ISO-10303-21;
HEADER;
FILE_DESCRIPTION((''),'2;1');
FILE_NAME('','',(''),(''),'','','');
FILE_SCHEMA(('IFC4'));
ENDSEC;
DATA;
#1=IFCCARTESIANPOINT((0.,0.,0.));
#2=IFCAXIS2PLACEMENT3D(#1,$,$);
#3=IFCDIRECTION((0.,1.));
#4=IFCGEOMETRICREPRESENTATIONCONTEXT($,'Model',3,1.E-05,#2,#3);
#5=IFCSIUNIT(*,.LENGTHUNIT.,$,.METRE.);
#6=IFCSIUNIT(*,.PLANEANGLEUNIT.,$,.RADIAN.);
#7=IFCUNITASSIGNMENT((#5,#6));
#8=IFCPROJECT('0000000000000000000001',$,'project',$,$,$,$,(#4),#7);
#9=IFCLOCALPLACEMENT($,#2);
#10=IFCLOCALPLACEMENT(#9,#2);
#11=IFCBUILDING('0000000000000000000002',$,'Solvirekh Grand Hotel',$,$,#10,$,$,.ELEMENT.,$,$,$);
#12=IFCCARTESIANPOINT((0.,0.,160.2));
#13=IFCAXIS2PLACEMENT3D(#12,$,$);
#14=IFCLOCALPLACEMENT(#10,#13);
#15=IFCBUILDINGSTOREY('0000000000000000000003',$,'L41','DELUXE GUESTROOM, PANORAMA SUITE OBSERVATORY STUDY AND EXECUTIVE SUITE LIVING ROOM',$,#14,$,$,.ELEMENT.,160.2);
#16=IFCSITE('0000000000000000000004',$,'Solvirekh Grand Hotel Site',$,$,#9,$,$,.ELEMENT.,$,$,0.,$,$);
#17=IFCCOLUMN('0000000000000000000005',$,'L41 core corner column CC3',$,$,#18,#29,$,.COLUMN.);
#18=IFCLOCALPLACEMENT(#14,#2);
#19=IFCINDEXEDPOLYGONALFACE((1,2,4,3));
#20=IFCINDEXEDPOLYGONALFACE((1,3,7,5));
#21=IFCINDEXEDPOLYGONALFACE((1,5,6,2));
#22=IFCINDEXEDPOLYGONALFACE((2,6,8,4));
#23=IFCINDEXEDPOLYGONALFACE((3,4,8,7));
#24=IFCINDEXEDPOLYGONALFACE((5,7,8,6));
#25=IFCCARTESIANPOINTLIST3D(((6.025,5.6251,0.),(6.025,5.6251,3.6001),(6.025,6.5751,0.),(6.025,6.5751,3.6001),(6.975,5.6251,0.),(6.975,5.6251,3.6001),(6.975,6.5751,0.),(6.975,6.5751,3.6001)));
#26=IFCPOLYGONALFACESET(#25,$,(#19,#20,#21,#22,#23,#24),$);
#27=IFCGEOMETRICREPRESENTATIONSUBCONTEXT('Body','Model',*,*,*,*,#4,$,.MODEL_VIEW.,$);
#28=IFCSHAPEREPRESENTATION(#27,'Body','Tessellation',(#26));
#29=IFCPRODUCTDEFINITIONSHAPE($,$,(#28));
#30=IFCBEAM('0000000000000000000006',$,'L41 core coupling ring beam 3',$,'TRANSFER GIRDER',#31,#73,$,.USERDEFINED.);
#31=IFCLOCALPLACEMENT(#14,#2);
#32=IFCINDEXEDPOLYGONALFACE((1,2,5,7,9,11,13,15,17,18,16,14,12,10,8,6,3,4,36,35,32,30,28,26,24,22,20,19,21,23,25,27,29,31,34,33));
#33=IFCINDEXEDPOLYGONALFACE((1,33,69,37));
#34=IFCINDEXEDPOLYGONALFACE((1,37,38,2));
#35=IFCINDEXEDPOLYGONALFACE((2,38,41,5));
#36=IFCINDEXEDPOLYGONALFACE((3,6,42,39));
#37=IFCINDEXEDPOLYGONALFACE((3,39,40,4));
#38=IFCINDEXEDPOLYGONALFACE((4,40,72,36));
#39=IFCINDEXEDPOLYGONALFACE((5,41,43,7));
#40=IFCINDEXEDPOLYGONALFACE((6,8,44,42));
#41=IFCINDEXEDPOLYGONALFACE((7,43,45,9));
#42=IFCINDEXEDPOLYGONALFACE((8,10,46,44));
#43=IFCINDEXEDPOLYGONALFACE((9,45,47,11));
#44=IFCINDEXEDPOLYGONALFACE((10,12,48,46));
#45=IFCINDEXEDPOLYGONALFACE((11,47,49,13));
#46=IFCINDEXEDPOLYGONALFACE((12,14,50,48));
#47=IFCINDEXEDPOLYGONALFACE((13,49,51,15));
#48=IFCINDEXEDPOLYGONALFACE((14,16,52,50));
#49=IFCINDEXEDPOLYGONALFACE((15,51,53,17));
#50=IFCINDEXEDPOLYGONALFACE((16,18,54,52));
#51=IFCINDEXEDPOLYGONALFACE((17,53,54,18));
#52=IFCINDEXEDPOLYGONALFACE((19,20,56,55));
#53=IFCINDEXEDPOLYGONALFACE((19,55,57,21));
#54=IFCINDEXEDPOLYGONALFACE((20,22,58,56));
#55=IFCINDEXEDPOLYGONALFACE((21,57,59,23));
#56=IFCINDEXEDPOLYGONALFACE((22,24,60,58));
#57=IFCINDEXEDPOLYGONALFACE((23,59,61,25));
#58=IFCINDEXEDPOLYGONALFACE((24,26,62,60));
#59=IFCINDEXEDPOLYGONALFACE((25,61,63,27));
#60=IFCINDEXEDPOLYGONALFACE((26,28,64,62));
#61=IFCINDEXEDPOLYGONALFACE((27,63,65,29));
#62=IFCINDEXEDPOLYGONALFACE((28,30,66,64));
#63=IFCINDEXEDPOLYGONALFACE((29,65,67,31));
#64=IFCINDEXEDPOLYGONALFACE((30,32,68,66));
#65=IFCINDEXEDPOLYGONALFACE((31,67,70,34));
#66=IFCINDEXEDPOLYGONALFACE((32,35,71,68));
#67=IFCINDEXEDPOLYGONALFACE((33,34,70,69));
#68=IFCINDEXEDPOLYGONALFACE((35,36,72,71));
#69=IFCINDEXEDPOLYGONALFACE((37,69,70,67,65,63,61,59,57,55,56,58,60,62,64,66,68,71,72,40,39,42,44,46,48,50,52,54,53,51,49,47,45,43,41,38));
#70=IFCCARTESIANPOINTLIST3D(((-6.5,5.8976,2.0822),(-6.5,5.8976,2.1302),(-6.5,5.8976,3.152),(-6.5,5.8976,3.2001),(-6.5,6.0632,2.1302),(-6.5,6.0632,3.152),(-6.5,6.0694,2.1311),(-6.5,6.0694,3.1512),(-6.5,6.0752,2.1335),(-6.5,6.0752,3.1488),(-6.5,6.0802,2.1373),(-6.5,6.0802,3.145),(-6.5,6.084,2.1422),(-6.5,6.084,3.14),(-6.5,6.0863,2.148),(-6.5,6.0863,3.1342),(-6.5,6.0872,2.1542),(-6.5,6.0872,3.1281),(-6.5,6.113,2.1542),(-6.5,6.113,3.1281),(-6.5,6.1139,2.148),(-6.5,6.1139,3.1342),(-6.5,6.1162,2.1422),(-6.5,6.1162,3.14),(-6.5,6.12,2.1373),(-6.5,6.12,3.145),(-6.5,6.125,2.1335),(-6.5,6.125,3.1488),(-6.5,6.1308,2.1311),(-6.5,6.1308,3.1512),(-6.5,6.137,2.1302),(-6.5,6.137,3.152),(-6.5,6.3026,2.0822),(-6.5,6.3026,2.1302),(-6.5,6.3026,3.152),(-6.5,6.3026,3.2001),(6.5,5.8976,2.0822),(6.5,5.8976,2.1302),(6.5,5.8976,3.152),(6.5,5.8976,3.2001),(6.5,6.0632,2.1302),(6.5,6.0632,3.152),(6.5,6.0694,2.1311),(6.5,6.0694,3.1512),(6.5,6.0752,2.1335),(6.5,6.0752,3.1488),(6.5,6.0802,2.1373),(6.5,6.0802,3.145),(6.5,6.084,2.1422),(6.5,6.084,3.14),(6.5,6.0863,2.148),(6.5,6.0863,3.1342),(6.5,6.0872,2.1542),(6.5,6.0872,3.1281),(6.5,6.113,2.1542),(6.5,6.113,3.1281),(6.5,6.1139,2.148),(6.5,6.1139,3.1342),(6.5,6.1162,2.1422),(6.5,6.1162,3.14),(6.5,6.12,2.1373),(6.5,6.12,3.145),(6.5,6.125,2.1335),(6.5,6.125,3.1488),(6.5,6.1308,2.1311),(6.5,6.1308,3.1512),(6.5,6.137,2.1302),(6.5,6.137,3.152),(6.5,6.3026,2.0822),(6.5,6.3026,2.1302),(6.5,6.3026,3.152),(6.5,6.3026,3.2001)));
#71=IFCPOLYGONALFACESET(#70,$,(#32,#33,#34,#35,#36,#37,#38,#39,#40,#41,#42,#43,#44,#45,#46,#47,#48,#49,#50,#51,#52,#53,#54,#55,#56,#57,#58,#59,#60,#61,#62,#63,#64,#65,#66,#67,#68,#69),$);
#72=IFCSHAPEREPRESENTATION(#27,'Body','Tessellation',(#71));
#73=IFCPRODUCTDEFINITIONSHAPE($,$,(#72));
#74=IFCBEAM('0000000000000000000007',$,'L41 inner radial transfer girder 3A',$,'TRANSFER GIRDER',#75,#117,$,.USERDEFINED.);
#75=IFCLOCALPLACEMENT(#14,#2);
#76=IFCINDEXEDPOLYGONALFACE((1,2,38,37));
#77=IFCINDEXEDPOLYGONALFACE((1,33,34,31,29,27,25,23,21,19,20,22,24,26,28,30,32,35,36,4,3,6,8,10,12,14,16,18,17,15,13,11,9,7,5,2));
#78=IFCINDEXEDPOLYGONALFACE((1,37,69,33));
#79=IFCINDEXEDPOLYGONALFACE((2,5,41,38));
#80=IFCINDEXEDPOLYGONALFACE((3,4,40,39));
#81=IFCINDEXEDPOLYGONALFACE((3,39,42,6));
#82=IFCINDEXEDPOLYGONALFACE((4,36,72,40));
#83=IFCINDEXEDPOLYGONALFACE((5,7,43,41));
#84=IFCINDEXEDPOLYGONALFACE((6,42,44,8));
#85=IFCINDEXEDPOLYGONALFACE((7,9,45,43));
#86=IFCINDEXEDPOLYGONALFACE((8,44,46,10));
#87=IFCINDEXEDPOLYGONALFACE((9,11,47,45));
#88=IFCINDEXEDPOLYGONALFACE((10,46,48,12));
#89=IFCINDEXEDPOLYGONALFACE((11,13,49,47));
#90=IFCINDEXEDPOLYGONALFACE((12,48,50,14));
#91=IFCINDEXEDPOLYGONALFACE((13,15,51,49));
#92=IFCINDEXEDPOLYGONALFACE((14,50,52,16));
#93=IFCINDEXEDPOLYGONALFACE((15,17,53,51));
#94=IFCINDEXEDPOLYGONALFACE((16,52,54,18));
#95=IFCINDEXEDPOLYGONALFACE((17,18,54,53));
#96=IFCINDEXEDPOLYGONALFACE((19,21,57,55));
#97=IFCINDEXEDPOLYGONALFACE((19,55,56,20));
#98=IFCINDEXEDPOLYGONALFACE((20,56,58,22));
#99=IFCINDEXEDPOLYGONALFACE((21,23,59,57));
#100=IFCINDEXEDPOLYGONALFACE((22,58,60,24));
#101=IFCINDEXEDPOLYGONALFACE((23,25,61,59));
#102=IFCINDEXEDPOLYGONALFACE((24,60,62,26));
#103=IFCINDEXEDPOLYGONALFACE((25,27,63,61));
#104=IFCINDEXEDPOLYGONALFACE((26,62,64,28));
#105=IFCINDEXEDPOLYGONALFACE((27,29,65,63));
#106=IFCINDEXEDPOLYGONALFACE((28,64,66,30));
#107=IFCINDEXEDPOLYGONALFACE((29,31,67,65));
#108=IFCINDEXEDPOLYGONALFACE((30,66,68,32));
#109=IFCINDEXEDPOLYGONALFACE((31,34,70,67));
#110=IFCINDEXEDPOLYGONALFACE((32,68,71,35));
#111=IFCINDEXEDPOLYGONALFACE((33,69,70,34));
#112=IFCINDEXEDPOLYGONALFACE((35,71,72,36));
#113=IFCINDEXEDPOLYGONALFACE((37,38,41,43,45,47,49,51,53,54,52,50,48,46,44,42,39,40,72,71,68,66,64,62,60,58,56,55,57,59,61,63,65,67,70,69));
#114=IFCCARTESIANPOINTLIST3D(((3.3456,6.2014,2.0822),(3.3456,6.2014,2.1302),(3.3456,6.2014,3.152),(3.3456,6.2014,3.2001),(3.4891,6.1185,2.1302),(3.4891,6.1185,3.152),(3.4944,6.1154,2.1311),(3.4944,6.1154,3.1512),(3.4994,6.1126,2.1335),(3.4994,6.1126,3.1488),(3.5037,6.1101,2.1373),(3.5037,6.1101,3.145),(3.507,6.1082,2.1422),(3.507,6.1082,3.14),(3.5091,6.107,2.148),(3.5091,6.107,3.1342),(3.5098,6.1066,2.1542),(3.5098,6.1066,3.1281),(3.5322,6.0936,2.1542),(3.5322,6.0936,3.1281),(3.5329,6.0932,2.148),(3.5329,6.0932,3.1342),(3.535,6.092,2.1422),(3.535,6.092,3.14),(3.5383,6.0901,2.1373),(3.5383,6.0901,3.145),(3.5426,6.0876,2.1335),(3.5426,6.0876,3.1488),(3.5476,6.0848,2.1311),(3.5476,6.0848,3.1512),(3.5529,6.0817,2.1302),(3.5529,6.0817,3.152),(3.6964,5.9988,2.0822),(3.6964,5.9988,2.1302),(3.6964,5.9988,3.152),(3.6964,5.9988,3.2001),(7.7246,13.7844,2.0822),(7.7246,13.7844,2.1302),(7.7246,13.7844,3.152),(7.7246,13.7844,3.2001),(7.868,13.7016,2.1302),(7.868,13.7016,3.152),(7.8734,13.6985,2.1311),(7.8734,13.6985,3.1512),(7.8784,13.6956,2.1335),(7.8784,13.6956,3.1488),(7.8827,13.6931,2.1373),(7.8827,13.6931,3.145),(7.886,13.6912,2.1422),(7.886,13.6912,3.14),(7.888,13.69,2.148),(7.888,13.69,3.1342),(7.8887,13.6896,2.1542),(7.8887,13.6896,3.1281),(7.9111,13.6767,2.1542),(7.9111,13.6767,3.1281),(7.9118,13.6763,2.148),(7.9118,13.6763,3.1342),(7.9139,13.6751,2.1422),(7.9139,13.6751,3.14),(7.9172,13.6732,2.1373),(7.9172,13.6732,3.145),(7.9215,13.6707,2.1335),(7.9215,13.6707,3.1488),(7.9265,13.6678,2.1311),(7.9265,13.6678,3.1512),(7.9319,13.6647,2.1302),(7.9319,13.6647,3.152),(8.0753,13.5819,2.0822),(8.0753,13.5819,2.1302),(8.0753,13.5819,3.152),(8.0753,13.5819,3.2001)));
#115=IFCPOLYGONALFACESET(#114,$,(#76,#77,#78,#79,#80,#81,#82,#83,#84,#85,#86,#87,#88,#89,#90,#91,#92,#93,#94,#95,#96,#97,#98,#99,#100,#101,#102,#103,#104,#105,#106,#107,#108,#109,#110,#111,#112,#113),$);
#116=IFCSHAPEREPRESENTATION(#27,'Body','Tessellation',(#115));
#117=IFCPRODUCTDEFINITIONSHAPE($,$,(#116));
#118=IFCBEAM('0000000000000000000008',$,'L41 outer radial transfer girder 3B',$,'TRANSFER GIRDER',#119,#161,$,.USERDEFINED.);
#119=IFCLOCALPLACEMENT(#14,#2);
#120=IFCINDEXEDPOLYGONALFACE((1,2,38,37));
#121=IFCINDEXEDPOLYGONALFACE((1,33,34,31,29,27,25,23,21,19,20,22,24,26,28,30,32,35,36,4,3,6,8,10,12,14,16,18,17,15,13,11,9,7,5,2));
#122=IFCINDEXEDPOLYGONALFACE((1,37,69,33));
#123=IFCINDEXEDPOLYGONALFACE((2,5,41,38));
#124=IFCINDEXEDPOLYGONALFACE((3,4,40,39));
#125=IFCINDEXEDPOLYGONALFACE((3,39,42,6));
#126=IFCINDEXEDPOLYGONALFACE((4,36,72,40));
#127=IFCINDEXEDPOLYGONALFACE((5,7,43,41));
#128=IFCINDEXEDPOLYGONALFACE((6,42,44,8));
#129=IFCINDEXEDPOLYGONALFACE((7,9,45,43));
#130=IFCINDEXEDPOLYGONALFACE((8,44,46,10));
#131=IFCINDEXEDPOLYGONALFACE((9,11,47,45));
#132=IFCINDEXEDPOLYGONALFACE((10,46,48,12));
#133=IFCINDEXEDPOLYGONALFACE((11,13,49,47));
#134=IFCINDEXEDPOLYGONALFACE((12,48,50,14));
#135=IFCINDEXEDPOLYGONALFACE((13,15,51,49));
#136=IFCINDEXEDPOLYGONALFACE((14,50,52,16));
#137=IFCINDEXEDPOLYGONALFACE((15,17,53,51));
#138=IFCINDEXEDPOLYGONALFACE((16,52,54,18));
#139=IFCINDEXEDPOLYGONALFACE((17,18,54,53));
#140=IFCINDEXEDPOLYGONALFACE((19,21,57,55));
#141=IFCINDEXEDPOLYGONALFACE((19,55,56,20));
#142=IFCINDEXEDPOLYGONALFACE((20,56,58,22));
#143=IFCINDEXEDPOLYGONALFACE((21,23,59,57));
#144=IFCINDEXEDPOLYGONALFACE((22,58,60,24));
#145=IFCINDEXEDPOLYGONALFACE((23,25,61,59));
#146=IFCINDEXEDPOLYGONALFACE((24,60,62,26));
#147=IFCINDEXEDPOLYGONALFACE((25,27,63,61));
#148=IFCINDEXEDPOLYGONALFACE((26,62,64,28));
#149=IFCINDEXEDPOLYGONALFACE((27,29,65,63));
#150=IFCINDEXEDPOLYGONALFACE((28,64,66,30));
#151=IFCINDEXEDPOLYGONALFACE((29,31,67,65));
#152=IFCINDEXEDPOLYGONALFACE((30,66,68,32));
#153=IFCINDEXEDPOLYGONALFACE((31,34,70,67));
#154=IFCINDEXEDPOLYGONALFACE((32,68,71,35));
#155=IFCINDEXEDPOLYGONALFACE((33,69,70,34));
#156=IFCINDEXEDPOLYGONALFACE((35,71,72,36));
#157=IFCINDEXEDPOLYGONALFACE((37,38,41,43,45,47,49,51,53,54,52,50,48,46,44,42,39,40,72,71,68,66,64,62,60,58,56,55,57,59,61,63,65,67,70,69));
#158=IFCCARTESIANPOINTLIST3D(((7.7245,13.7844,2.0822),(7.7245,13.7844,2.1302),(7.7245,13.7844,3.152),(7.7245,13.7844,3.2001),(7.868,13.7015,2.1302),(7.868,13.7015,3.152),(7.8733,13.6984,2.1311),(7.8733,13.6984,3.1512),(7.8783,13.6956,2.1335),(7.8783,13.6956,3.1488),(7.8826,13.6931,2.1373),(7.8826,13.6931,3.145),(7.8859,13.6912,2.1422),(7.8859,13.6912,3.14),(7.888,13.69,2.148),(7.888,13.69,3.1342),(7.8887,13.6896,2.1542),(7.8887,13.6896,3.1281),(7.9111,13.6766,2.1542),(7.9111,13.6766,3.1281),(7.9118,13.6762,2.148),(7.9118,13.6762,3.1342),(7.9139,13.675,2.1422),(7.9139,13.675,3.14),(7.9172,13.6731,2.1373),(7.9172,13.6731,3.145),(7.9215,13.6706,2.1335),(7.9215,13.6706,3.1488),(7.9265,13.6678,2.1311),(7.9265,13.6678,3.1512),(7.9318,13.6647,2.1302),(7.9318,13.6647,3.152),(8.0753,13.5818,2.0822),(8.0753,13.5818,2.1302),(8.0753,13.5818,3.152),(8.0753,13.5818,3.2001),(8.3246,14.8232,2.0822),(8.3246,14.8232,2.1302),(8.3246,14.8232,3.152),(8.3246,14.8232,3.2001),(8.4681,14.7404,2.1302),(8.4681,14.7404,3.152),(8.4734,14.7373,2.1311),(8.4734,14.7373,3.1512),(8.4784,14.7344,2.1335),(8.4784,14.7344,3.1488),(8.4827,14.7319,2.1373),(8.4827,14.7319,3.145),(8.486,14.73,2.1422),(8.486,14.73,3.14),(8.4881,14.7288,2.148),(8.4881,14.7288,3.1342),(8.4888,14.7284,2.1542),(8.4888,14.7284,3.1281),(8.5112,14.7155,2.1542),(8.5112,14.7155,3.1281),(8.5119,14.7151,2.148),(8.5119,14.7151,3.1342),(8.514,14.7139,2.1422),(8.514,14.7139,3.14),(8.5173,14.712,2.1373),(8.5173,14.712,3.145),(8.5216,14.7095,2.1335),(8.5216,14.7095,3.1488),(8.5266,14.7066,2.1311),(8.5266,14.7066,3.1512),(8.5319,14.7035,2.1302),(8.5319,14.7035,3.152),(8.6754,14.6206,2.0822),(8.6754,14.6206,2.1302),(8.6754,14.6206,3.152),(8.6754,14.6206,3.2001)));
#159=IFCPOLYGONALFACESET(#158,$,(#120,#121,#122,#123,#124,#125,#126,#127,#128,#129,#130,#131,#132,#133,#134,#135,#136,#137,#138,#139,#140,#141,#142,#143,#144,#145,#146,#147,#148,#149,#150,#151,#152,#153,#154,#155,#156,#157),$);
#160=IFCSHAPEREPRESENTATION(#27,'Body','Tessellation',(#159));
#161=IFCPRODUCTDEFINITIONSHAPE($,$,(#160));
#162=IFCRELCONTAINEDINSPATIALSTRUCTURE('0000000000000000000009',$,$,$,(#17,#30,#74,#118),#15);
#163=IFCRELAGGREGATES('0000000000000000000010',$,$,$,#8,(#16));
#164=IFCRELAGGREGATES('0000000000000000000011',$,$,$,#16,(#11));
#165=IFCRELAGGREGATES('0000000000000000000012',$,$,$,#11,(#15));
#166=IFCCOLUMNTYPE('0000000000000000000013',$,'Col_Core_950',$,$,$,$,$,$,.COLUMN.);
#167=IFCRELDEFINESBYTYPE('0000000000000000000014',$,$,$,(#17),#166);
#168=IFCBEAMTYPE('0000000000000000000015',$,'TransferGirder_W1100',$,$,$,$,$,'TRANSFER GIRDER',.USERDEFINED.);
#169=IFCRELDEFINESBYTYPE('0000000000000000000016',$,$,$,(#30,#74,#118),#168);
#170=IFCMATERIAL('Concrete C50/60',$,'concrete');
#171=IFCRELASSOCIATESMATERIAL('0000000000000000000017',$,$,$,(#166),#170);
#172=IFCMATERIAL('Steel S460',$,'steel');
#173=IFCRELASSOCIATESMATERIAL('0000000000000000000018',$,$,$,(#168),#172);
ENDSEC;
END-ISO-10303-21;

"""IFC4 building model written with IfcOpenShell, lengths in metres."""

from ifc_helpers import new_model, si_unit, direction, frame, origin, origin_2d, place, context, subcontext, project, spatial, rectangle, i_section, extrude, material, material_profile, profile_set, type_object, element, save


model = new_model("IFC4")

# Units and contexts
model_context = context("Model", 3, precision=1e-05, world=origin(), true_north=direction((0.0, 1.0)))
body_context = subcontext(model_context, "Body", "Model", "MODEL_VIEW")
ifc_project = project(units=[si_unit("LENGTHUNIT", "METRE"), si_unit("PLANEANGLEUNIT", "RADIAN")], contexts=[model_context])

# Site, building, storey
site_placement = place(None, origin())
site = spatial("IfcSite", under=ifc_project, at=site_placement, Name="Solvirekh Grand Hotel Site", CompositionType="ELEMENT", RefElevation=0.0)
building_placement = place(site_placement, origin())
building = spatial("IfcBuilding", under=site, at=building_placement, Name="Solvirekh Grand Hotel", CompositionType="ELEMENT")
storey_placement = place(building_placement, frame((0.0, 0.0, 160.2)))
storey = spatial("IfcBuildingStorey", under=building, at=storey_placement, Name="L41", Description="DELUXE GUESTROOM, PANORAMA SUITE OBSERVATORY STUDY AND EXECUTIVE SUITE LIVING ROOM", CompositionType="ELEMENT", Elevation=160.2)

# Column
ifc_material_1 = material(Name="Concrete C50/60", Category="concrete")
ifc_material_profile_1 = material_profile(ifc_material_1, rectangle(XDim=0.95, YDim=0.95, at=origin_2d()), Name="RC 950X950")
ifc_profile_set_1 = profile_set([ifc_material_profile_1], Name="Concrete C50/60")
column_type = type_object("IfcColumnType", Name="Col_Core_950", PredefinedType="COLUMN", material=ifc_profile_set_1)
column_placement = place(storey_placement, frame((6.5, 6.1001, 0.0), z_axis=(0.0, 0.0, 1.0), x_axis=(1.0, 0.0, 0.0)))
element("IfcColumn", 1, at=column_placement, inside=storey, type_object=column_type, Name="L41 core corner column CC3", PredefinedType="COLUMN", context=body_context, shape_type="SweptSolid", body=[
    extrude(rectangle(XDim=0.95, YDim=0.95, at=origin_2d()), origin(), (0.0, 0.0, 1.0), 3.6001),
])

# Beams
ifc_material_2 = material(Name="Steel S460", Category="steel")
ifc_material_profile_2 = material_profile(ifc_material_2, i_section(OverallWidth=0.405, OverallDepth=1.1179, WebThickness=0.0259, FlangeThickness=0.0481, FilletRadius=0.0239, at=origin_2d()), Name="W1100X499")
ifc_profile_set_2 = profile_set([ifc_material_profile_2], Name="Steel S460")
beam_type = type_object("IfcBeamType", Name="TransferGirder_W1100", ElementType="TRANSFER GIRDER", PredefinedType="USERDEFINED", material=ifc_profile_set_2)
beam_1_placement = place(storey_placement, frame((6.5, 6.1001, 2.6411), z_axis=(-1.0, 0.0, 0.0), x_axis=(0.0, -1.0, 0.0)))
element("IfcBeam", 2, at=beam_1_placement, inside=storey, type_object=beam_type, Name="L41 core coupling ring beam 3", ObjectType="TRANSFER GIRDER", PredefinedType="USERDEFINED", context=body_context, shape_type="SweptSolid", body=[
    extrude(i_section(OverallWidth=0.405, OverallDepth=1.1179, WebThickness=0.0259, FlangeThickness=0.0481, FilletRadius=0.0239, at=origin_2d()), origin(), (0.0, 0.0, 1.0), 13.0),
])
beam_2_placement = place(storey_placement, frame((3.521, 6.1001, 2.6411), z_axis=(0.500073, 0.865983, 0.0), x_axis=(-0.865983, 0.500073, 0.0)))
element("IfcBeam", 3, at=beam_2_placement, inside=storey, type_object=beam_type, Name="L41 inner radial transfer girder 3A", ObjectType="TRANSFER GIRDER", PredefinedType="USERDEFINED", context=body_context, shape_type="SweptSolid", body=[
    extrude(i_section(OverallWidth=0.405, OverallDepth=1.1179, WebThickness=0.0259, FlangeThickness=0.0481, FilletRadius=0.0239, at=origin_2d()), origin(), (0.0, 0.0, 1.0), 8.7566),
])
beam_3_placement = place(storey_placement, frame((7.8999, 13.6831, 2.6411), z_axis=(0.50021, 0.865904, 0.0), x_axis=(-0.865904, 0.50021, 0.0)))
element("IfcBeam", 4, at=beam_3_placement, inside=storey, type_object=beam_type, Name="L41 outer radial transfer girder 3B", ObjectType="TRANSFER GIRDER", PredefinedType="USERDEFINED", context=body_context, shape_type="SweptSolid", body=[
    extrude(i_section(OverallWidth=0.405, OverallDepth=1.1179, WebThickness=0.0259, FlangeThickness=0.0481, FilletRadius=0.0239, at=origin_2d()), origin(), (0.0, 0.0, 1.0), 1.1997),
])

save(model, "model.ifc")
